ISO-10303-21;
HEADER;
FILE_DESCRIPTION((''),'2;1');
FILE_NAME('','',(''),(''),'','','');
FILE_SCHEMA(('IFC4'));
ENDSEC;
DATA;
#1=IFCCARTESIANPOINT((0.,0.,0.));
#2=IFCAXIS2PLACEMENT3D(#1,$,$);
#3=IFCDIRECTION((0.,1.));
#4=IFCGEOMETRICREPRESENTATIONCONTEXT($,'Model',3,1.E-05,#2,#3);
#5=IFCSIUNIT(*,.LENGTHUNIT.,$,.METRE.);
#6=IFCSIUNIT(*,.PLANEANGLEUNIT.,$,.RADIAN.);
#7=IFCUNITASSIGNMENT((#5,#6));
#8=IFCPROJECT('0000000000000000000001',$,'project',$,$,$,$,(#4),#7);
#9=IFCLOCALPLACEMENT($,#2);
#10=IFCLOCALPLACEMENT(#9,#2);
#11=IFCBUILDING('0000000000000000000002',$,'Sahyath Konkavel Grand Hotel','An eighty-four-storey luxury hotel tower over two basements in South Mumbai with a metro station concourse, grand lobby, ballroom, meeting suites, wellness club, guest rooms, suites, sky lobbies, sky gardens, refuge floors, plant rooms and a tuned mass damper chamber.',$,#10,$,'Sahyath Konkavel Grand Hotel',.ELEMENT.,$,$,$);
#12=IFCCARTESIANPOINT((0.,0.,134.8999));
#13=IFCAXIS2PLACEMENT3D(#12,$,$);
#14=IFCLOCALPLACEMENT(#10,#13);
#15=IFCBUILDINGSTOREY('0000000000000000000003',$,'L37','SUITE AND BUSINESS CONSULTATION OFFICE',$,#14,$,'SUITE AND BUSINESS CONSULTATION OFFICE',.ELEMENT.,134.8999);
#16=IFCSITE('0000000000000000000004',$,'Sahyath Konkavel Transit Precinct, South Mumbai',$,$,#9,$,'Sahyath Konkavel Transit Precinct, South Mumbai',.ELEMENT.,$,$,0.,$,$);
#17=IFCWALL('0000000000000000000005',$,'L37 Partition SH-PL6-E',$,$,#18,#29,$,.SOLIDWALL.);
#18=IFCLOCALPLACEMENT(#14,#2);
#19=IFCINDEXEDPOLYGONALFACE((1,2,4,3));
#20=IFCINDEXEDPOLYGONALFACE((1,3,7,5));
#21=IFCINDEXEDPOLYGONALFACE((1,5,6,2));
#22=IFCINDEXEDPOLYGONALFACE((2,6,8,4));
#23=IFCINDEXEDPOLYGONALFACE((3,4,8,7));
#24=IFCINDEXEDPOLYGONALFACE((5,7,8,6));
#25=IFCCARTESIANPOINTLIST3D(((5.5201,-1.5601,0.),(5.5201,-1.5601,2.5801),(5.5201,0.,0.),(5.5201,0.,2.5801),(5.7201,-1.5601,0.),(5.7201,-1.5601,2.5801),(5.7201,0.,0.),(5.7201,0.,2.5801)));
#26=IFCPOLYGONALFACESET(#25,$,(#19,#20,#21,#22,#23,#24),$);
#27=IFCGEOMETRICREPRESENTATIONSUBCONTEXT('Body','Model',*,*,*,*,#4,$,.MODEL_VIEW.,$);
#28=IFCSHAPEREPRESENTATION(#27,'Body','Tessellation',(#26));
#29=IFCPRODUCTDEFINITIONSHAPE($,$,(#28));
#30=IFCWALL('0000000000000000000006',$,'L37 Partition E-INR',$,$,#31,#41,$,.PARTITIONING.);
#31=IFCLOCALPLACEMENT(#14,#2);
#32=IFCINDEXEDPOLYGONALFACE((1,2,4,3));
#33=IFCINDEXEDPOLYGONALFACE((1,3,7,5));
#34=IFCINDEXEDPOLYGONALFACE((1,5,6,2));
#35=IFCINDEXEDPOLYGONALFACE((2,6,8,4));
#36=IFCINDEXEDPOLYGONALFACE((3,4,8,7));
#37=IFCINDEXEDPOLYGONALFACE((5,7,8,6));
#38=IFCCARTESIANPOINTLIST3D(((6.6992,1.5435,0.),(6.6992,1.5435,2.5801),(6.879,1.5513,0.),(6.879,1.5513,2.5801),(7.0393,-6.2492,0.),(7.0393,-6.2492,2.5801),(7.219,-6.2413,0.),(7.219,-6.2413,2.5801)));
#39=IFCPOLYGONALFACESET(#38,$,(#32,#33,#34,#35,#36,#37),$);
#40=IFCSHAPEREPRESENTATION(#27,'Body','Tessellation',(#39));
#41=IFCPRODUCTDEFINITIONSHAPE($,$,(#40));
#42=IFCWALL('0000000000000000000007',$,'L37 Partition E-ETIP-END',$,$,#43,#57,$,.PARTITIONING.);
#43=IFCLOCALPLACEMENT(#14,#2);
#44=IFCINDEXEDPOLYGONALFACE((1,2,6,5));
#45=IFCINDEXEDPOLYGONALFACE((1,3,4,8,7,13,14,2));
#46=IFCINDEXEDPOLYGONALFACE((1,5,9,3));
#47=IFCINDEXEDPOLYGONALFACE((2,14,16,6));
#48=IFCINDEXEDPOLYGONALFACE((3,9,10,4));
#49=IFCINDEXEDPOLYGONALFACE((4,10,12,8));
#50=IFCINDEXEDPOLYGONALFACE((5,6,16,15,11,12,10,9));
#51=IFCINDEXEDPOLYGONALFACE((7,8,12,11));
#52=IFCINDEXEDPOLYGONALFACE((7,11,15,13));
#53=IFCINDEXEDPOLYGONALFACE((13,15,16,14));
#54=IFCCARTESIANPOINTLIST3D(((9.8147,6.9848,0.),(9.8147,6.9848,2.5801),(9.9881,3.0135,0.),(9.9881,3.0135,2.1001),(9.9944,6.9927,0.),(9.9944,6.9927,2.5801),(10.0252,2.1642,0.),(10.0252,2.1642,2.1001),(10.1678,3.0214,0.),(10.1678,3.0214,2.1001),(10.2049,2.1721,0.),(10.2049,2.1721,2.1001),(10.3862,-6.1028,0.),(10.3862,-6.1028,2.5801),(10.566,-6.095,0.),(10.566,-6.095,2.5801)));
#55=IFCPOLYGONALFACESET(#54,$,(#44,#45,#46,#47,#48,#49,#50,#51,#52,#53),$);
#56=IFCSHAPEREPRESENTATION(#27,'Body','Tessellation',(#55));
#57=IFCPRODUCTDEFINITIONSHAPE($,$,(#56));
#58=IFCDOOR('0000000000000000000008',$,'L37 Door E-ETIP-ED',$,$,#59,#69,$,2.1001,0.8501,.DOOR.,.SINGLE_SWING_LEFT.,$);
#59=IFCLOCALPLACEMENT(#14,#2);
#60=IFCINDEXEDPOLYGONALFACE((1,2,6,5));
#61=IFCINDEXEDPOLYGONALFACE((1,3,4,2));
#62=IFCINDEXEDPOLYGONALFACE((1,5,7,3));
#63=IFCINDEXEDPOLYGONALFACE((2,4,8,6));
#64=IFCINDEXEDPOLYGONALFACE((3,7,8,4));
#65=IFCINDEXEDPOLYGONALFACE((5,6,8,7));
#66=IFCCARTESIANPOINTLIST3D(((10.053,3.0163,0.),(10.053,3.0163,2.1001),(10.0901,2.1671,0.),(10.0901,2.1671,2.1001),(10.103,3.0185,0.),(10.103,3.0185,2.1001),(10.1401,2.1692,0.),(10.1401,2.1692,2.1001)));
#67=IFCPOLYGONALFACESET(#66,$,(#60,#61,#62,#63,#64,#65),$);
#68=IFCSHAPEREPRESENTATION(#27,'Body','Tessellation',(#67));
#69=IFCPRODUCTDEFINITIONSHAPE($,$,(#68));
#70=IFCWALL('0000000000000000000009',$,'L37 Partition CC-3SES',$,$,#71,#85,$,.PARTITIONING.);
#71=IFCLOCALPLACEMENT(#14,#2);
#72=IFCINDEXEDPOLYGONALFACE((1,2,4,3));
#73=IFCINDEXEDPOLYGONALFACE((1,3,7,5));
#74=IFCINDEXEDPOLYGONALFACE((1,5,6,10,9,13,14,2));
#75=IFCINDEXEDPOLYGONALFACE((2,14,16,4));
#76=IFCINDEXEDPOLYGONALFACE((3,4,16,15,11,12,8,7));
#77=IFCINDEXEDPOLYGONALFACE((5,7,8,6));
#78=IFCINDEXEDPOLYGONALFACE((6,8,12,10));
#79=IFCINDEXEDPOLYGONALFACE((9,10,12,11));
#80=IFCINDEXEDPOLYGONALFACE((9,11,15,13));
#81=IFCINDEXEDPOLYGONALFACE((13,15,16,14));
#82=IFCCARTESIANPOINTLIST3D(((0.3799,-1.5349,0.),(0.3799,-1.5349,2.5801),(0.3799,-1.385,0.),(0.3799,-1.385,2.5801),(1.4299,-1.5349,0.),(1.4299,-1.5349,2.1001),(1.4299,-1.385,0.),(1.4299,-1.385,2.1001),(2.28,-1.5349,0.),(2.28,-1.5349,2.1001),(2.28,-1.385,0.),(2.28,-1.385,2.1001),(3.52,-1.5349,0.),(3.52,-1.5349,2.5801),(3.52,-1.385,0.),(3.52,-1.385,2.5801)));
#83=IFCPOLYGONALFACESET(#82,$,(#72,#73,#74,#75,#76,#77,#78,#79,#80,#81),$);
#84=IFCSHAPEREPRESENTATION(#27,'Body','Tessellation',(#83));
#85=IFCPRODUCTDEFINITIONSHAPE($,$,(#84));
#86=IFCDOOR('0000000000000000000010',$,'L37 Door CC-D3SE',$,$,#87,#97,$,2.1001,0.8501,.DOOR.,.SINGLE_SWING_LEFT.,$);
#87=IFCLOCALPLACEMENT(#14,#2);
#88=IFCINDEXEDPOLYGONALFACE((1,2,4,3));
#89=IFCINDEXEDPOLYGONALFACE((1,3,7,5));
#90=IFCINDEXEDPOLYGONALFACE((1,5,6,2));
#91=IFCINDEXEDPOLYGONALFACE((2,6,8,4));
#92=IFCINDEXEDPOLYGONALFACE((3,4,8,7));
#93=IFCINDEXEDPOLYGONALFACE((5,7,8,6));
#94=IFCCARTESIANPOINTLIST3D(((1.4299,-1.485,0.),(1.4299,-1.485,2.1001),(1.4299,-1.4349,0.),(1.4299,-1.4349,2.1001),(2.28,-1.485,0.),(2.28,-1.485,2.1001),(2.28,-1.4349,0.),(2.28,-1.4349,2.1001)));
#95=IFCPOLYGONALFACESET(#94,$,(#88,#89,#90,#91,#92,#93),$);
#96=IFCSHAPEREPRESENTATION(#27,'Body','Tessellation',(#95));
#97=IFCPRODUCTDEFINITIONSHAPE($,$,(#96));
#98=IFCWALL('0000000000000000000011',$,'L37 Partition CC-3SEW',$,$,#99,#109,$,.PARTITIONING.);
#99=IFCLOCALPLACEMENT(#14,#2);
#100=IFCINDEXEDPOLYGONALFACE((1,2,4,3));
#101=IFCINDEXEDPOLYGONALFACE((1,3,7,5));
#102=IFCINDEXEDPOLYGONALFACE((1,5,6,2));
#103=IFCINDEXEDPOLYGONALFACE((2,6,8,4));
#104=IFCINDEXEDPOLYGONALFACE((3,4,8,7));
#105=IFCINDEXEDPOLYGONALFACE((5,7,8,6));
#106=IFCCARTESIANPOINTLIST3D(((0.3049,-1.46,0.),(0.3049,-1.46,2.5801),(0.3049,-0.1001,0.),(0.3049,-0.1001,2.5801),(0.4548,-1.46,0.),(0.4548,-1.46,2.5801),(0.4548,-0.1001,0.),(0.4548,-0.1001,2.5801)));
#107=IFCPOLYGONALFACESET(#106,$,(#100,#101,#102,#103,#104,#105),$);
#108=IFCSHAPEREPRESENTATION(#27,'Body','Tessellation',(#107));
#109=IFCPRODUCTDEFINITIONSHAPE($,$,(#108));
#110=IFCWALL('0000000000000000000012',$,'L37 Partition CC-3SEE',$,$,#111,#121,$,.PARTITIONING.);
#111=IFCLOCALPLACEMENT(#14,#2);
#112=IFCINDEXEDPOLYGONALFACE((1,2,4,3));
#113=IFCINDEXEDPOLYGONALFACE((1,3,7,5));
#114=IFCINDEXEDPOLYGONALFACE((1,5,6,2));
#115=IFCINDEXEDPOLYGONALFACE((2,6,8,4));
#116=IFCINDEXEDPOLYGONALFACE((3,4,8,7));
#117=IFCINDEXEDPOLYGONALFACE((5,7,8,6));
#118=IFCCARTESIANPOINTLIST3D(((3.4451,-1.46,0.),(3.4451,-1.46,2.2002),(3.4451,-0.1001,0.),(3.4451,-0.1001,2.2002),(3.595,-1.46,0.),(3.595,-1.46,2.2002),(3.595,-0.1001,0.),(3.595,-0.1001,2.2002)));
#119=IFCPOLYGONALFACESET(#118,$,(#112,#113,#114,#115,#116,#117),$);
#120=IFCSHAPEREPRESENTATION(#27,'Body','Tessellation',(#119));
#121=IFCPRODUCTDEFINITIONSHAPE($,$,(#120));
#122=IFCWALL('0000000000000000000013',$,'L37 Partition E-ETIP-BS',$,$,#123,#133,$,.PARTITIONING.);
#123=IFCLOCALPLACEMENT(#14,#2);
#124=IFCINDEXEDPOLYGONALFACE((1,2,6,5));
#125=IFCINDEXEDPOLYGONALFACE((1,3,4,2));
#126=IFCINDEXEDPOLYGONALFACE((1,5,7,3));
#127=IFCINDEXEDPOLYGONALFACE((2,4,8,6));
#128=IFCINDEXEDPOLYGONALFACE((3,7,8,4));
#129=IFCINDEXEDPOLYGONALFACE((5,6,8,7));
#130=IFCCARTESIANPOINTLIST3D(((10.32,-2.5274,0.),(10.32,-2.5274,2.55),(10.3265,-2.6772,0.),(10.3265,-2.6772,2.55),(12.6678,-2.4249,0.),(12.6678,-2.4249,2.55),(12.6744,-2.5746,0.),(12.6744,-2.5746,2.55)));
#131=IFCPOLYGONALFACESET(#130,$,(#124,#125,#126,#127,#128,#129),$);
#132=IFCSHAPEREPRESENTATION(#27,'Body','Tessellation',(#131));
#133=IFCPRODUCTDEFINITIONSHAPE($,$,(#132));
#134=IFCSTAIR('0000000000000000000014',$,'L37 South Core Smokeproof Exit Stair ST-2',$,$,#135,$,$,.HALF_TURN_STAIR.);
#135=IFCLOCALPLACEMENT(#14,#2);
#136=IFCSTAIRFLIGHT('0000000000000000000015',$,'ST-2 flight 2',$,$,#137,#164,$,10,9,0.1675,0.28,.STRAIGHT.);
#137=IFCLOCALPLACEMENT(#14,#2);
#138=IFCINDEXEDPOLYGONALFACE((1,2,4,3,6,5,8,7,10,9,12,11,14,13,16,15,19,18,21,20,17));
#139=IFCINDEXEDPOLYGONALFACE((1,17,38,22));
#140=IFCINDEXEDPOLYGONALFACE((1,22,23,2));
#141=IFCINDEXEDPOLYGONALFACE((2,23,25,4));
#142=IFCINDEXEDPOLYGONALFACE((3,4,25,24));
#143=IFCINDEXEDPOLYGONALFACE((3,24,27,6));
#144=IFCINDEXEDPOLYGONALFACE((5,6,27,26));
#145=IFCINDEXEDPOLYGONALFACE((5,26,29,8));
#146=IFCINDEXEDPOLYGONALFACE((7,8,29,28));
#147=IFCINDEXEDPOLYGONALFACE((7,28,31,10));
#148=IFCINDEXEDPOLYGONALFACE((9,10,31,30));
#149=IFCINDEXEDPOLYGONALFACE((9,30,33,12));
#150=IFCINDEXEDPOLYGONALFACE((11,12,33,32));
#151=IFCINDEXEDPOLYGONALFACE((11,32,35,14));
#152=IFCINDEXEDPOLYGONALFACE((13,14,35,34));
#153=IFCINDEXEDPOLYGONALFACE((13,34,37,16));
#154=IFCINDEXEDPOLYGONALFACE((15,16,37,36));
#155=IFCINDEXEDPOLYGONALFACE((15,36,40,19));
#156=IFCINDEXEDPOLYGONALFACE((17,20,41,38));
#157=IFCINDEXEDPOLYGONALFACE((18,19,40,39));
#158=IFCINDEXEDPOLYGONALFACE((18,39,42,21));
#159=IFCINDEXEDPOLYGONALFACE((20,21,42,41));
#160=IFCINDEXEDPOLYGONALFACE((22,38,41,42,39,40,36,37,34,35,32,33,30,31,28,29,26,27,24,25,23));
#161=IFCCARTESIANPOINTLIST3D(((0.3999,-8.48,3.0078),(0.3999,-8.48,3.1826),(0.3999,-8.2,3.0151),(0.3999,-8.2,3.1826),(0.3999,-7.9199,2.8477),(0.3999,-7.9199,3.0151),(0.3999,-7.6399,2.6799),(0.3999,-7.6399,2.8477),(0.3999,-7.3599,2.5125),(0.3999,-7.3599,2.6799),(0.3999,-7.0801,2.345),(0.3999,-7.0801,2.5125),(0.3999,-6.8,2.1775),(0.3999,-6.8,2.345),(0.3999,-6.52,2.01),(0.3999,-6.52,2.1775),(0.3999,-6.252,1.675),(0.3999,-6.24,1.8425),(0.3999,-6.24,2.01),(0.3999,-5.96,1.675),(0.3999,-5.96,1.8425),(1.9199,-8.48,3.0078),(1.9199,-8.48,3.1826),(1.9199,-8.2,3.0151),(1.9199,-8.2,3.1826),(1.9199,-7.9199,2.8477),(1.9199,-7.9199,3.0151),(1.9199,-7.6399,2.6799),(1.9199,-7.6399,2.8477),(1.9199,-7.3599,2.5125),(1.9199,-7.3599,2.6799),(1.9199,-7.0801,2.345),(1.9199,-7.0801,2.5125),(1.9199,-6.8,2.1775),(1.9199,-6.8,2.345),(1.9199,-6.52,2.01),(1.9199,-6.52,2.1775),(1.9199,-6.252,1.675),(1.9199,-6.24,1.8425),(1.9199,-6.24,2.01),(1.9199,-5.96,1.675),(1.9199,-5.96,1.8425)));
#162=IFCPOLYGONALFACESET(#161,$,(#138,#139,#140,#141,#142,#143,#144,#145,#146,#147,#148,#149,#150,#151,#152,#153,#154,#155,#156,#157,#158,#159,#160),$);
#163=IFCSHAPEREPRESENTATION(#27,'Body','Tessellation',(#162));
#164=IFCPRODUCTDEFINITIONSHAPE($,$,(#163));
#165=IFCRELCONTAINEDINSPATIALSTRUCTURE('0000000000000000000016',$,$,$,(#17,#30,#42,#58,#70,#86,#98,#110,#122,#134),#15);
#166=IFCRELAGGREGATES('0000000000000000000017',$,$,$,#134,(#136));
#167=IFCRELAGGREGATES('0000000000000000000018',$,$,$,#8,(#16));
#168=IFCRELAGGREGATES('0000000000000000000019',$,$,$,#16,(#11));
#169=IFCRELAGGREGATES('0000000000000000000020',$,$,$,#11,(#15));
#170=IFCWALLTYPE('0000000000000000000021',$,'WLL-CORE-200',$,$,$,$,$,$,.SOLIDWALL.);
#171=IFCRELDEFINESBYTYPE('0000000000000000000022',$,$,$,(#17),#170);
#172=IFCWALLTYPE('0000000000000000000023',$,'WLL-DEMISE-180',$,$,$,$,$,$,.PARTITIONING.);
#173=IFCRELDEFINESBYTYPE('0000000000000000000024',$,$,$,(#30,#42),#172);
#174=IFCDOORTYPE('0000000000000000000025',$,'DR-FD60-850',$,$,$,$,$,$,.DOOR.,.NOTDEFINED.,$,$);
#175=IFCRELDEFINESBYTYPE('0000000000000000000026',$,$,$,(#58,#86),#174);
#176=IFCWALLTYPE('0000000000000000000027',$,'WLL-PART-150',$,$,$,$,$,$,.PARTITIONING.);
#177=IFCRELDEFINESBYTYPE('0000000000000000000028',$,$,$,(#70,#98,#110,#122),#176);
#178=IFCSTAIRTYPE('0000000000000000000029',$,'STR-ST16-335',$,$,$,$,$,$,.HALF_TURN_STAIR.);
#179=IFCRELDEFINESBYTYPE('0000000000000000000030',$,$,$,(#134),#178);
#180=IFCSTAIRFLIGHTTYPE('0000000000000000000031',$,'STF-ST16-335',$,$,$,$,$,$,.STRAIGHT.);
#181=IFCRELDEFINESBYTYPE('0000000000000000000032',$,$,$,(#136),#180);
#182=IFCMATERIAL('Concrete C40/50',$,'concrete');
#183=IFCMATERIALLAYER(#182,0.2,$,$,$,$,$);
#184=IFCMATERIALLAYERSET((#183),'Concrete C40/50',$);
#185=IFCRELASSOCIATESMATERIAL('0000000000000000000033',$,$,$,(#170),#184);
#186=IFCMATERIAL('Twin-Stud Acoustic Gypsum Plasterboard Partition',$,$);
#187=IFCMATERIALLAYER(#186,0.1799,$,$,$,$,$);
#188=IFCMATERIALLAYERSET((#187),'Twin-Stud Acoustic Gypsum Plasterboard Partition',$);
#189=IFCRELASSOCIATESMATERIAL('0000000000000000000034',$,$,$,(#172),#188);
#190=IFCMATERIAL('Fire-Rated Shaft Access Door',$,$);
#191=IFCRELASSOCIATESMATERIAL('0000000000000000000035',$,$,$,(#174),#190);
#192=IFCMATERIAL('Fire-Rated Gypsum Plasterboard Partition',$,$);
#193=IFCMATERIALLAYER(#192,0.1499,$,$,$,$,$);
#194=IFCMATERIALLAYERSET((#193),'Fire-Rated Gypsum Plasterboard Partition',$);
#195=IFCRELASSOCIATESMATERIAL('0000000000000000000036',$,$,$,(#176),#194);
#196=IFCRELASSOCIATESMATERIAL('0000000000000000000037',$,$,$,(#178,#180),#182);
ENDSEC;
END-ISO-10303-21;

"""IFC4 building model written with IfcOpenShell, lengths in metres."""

from ifc_helpers import new_model, si_unit, direction, frame, frame_2d, origin, origin_2d, place, context, subcontext, project, spatial, polyline, rectangle, outline, extrude, source, transform, mapped, material, layer, layer_set, type_object, element, fill, aggregate, save


model = new_model("IFC4")

# Units and contexts
model_context = context("Model", 3, precision=1e-05, world=origin(), true_north=direction((0.0, 1.0)))
body_context = subcontext(model_context, "Body", "Model", "MODEL_VIEW")
ifc_project = project(units=[si_unit("LENGTHUNIT", "METRE"), si_unit("PLANEANGLEUNIT", "RADIAN")], contexts=[model_context])

# Site, building, storey
site_placement = place(None, origin())
site = spatial("IfcSite", under=ifc_project, at=site_placement, Name="Sahyath Konkavel Transit Precinct, South Mumbai", LongName="Sahyath Konkavel Transit Precinct, South Mumbai", CompositionType="ELEMENT", RefElevation=0.0)
building_placement = place(site_placement, origin())
building = spatial("IfcBuilding", under=site, at=building_placement, Name="Sahyath Konkavel Grand Hotel", Description="An eighty-four-storey luxury hotel tower over two basements in South Mumbai with a metro station concourse, grand lobby, ballroom, meeting suites, wellness club, guest rooms, suites, sky lobbies, sky gardens, refuge floors, plant rooms and a tuned mass damper chamber.", LongName="Sahyath Konkavel Grand Hotel", CompositionType="ELEMENT")
storey_placement = place(building_placement, frame((0.0, 0.0, 134.8999)))
storey = spatial("IfcBuildingStorey", under=building, at=storey_placement, Name="L37", Description="SUITE AND BUSINESS CONSULTATION OFFICE", LongName="SUITE AND BUSINESS CONSULTATION OFFICE", CompositionType="ELEMENT", Elevation=134.8999)

# Walls
ifc_material_1 = material(Name="Concrete C40/50", Category="concrete")
ifc_layer_1 = layer(ifc_material_1, 0.2)
ifc_layer_set_1 = layer_set([ifc_layer_1], Name="Concrete C40/50")
wall_type_1 = type_object("IfcWallType", Name="WLL-CORE-200", PredefinedType="SOLIDWALL", material=ifc_layer_set_1)
wall_1_placement = place(storey_placement, frame((5.6201, -1.5601, 0.0), z_axis=(0.0, 0.0, 1.0), x_axis=(0.0, 1.0, 0.0)))
element("IfcWall", 1, at=wall_1_placement, inside=storey, type_object=wall_type_1, Name="L37 Partition SH-PL6-E", PredefinedType="SOLIDWALL", context=body_context, shape_type="SweptSolid", body=[
    extrude(rectangle(XDim=1.5601, YDim=0.2, at=frame_2d((0.78, 0.0))), origin(), (0.0, 0.0, 1.0), 2.5801),
])
ifc_material_2 = material(Name="Twin-Stud Acoustic Gypsum Plasterboard Partition")
ifc_layer_2 = layer(ifc_material_2, 0.1799)
ifc_layer_set_2 = layer_set([ifc_layer_2], Name="Twin-Stud Acoustic Gypsum Plasterboard Partition")
wall_type_2 = type_object("IfcWallType", Name="WLL-DEMISE-180", PredefinedType="PARTITIONING", material=ifc_layer_set_2)
wall_2_placement = place(storey_placement, frame((7.1292, -6.2451, 0.0), z_axis=(0.0, 0.0, 1.0), x_axis=(-0.0436, 0.999049, 0.0)))
element("IfcWall", 2, at=wall_2_placement, inside=storey, type_object=wall_type_2, Name="L37 Partition E-INR", PredefinedType="PARTITIONING", context=body_context, shape_type="SweptSolid", body=[
    extrude(rectangle(XDim=7.8, YDim=0.1799, at=frame_2d((3.8999, 0.0))), origin(), (0.0, 0.0, 1.0), 2.5801),
])

# Walls, openings, doors
wall_3_placement = place(storey_placement, frame((10.4761, -6.0989, 0.0), z_axis=(0.0, 0.0, 1.0), x_axis=(-0.043628, 0.999048, 0.0)))
wall_3 = element("IfcWall", 3, at=wall_3_placement, inside=storey, type_object=wall_type_2, Name="L37 Partition E-ETIP-END", PredefinedType="PARTITIONING", context=body_context, shape_type="SweptSolid", body=[
    extrude(rectangle(XDim=13.1001, YDim=0.1799, at=frame_2d((6.55, 0.0))), origin(), (0.0, 0.0, 1.0), 2.5801),
])
opening_1_placement = place(wall_3_placement, frame((8.2749, 0.0, 0.0)))
opening_1 = element("IfcOpeningElement", 4, at=opening_1_placement, cuts=wall_3, PredefinedType="OPENING", context=body_context, shape_type="SweptSolid", body=[
    extrude(rectangle(XDim=0.8501, YDim=2.1001, at=frame_2d((0.425, 1.05))), frame((0.0, 0.1001, 0.0), z_axis=(0.0, -1.0, 0.0), x_axis=(1.0, 0.0, 0.0)), (0.0, 0.0, 1.0), 0.2),
])
ifc_material_3 = material(Name="Fire-Rated Shaft Access Door")
door_type = type_object("IfcDoorType", Name="DR-FD60-850", OperationType="NOTDEFINED", PredefinedType="DOOR", material=ifc_material_3)
shared_shape_1 = source(origin(), body_context, "Body", "SweptSolid", [
    extrude(rectangle(XDim=0.8501, YDim=0.05, at=origin_2d()), origin(), (0.0, 0.0, 1.0), 2.1001),
])
door_1_placement = place(opening_1_placement, frame((0.425, 0.0, 0.0)))
door_1 = element("IfcDoor", 5, at=door_1_placement, inside=storey, type_object=door_type, Name="L37 Door E-ETIP-ED", OperationType="SINGLE_SWING_LEFT", OverallHeight=2.1001, OverallWidth=0.8501, PredefinedType="DOOR", context=body_context, shape_type="MappedRepresentation", body=[
    mapped(shared_shape_1, transform((0.0, 0.0, 0.0), scale=1.0)),
])
fill(opening_1, door_1)
ifc_material_4 = material(Name="Fire-Rated Gypsum Plasterboard Partition")
ifc_layer_3 = layer(ifc_material_4, 0.1499)
ifc_layer_set_3 = layer_set([ifc_layer_3], Name="Fire-Rated Gypsum Plasterboard Partition")
wall_type_3 = type_object("IfcWallType", Name="WLL-PART-150", PredefinedType="PARTITIONING", material=ifc_layer_set_3)
wall_4_placement = place(storey_placement, frame((0.3799, -1.46, 0.0), z_axis=(0.0, 0.0, 1.0), x_axis=(1.0, 0.0, 0.0)))
wall_4 = element("IfcWall", 6, at=wall_4_placement, inside=storey, type_object=wall_type_3, Name="L37 Partition CC-3SES", PredefinedType="PARTITIONING", context=body_context, shape_type="SweptSolid", body=[
    extrude(rectangle(XDim=3.1401, YDim=0.1499, at=frame_2d((1.5701, 0.0))), origin(), (0.0, 0.0, 1.0), 2.5801),
])
opening_2_placement = place(wall_4_placement, frame((1.05, 0.0, 0.0)))
opening_2 = element("IfcOpeningElement", 7, at=opening_2_placement, cuts=wall_4, PredefinedType="OPENING", context=body_context, shape_type="SweptSolid", body=[
    extrude(rectangle(XDim=0.8501, YDim=2.1001, at=frame_2d((0.425, 1.05))), frame((0.0, 0.085, 0.0), z_axis=(0.0, -1.0, 0.0), x_axis=(1.0, 0.0, 0.0)), (0.0, 0.0, 1.0), 0.1699),
])
door_2_placement = place(opening_2_placement, frame((0.425, 0.0, 0.0)))
door_2 = element("IfcDoor", 8, at=door_2_placement, inside=storey, type_object=door_type, Name="L37 Door CC-D3SE", OperationType="SINGLE_SWING_LEFT", OverallHeight=2.1001, OverallWidth=0.8501, PredefinedType="DOOR", context=body_context, shape_type="MappedRepresentation", body=[
    mapped(shared_shape_1, transform((0.0, 0.0, 0.0), scale=1.0)),
])
fill(opening_2, door_2)

# Walls
wall_5_placement = place(storey_placement, frame((0.3799, -1.46, 0.0), z_axis=(0.0, 0.0, 1.0), x_axis=(0.0, 1.0, 0.0)))
element("IfcWall", 9, at=wall_5_placement, inside=storey, type_object=wall_type_3, Name="L37 Partition CC-3SEW", PredefinedType="PARTITIONING", context=body_context, shape_type="SweptSolid", body=[
    extrude(rectangle(XDim=1.3599, YDim=0.1499, at=frame_2d((0.6799, 0.0))), origin(), (0.0, 0.0, 1.0), 2.5801),
])
wall_6_placement = place(storey_placement, frame((3.52, -1.46, 0.0), z_axis=(0.0, 0.0, 1.0), x_axis=(0.0, 1.0, 0.0)))
element("IfcWall", 10, at=wall_6_placement, inside=storey, type_object=wall_type_3, Name="L37 Partition CC-3SEE", PredefinedType="PARTITIONING", context=body_context, shape_type="SweptSolid", body=[
    extrude(rectangle(XDim=1.3599, YDim=0.1499, at=frame_2d((0.6799, 0.0))), origin(), (0.0, 0.0, 1.0), 2.2002),
])
wall_7_placement = place(storey_placement, frame((10.3232, -2.6023, 0.0), z_axis=(0.0, 0.0, 1.0), x_axis=(0.999048, 0.043631, 0.0)))
element("IfcWall", 11, at=wall_7_placement, inside=storey, type_object=wall_type_3, Name="L37 Partition E-ETIP-BS", PredefinedType="PARTITIONING", context=body_context, shape_type="SweptSolid", body=[
    extrude(rectangle(XDim=2.3501, YDim=0.1499, at=frame_2d((1.175, 0.0))), origin(), (0.0, 0.0, 1.0), 2.55),
])

# Stair, stair flight
stair_type = type_object("IfcStairType", Name="STR-ST16-335", PredefinedType="HALF_TURN_STAIR", material=ifc_material_1)
stair_placement = place(storey_placement, origin())
stair = element("IfcStair", 12, at=stair_placement, inside=storey, type_object=stair_type, Name="L37 South Core Smokeproof Exit Stair ST-2", PredefinedType="HALF_TURN_STAIR")
stair_flight_type = type_object("IfcStairFlightType", Name="STF-ST16-335", PredefinedType="STRAIGHT", material=ifc_material_1)
stair_flight_placement = place(storey_placement, frame((1.1599, -5.96, 1.675), z_axis=(0.0, 0.0, 1.0), x_axis=(0.0, -1.0, 0.0)))
stair_flight = element("IfcStairFlight", 13, at=stair_flight_placement, type_object=stair_flight_type, Name="ST-2 flight 2", NumberOfRisers=10, NumberOfTreads=9, PredefinedType="STRAIGHT", RiserHeight=0.1675, TreadLength=0.28, context=body_context, shape_type="SweptSolid", body=[
    extrude(outline(polyline([(0.0, 0.0), (0.0, 0.1675), (0.28, 0.1675), (0.28, 0.335), (0.5601, 0.335), (0.5601, 0.5024), (0.8401, 0.5024), (0.8401, 0.6699), (1.1201, 0.6699), (1.1201, 0.8374), (1.3999, 0.8374), (1.3999, 1.0049), (1.6799, 1.0049), (1.6799, 1.1726), (1.96, 1.1726), (1.96, 1.3401), (2.24, 1.3401), (2.24, 1.5076), (2.52, 1.5076), (2.52, 1.675), (2.52, 1.3328), (0.292, 0.0), (0.0, 0.0)])), frame((0.0, 0.76, 0.0), z_axis=(0.0, -1.0, 0.0), x_axis=(1.0, 0.0, 0.0)), (0.0, 0.0, 1.0), 1.52),
])
aggregate(stair, [stair_flight])

save(model, "model.ifc")
